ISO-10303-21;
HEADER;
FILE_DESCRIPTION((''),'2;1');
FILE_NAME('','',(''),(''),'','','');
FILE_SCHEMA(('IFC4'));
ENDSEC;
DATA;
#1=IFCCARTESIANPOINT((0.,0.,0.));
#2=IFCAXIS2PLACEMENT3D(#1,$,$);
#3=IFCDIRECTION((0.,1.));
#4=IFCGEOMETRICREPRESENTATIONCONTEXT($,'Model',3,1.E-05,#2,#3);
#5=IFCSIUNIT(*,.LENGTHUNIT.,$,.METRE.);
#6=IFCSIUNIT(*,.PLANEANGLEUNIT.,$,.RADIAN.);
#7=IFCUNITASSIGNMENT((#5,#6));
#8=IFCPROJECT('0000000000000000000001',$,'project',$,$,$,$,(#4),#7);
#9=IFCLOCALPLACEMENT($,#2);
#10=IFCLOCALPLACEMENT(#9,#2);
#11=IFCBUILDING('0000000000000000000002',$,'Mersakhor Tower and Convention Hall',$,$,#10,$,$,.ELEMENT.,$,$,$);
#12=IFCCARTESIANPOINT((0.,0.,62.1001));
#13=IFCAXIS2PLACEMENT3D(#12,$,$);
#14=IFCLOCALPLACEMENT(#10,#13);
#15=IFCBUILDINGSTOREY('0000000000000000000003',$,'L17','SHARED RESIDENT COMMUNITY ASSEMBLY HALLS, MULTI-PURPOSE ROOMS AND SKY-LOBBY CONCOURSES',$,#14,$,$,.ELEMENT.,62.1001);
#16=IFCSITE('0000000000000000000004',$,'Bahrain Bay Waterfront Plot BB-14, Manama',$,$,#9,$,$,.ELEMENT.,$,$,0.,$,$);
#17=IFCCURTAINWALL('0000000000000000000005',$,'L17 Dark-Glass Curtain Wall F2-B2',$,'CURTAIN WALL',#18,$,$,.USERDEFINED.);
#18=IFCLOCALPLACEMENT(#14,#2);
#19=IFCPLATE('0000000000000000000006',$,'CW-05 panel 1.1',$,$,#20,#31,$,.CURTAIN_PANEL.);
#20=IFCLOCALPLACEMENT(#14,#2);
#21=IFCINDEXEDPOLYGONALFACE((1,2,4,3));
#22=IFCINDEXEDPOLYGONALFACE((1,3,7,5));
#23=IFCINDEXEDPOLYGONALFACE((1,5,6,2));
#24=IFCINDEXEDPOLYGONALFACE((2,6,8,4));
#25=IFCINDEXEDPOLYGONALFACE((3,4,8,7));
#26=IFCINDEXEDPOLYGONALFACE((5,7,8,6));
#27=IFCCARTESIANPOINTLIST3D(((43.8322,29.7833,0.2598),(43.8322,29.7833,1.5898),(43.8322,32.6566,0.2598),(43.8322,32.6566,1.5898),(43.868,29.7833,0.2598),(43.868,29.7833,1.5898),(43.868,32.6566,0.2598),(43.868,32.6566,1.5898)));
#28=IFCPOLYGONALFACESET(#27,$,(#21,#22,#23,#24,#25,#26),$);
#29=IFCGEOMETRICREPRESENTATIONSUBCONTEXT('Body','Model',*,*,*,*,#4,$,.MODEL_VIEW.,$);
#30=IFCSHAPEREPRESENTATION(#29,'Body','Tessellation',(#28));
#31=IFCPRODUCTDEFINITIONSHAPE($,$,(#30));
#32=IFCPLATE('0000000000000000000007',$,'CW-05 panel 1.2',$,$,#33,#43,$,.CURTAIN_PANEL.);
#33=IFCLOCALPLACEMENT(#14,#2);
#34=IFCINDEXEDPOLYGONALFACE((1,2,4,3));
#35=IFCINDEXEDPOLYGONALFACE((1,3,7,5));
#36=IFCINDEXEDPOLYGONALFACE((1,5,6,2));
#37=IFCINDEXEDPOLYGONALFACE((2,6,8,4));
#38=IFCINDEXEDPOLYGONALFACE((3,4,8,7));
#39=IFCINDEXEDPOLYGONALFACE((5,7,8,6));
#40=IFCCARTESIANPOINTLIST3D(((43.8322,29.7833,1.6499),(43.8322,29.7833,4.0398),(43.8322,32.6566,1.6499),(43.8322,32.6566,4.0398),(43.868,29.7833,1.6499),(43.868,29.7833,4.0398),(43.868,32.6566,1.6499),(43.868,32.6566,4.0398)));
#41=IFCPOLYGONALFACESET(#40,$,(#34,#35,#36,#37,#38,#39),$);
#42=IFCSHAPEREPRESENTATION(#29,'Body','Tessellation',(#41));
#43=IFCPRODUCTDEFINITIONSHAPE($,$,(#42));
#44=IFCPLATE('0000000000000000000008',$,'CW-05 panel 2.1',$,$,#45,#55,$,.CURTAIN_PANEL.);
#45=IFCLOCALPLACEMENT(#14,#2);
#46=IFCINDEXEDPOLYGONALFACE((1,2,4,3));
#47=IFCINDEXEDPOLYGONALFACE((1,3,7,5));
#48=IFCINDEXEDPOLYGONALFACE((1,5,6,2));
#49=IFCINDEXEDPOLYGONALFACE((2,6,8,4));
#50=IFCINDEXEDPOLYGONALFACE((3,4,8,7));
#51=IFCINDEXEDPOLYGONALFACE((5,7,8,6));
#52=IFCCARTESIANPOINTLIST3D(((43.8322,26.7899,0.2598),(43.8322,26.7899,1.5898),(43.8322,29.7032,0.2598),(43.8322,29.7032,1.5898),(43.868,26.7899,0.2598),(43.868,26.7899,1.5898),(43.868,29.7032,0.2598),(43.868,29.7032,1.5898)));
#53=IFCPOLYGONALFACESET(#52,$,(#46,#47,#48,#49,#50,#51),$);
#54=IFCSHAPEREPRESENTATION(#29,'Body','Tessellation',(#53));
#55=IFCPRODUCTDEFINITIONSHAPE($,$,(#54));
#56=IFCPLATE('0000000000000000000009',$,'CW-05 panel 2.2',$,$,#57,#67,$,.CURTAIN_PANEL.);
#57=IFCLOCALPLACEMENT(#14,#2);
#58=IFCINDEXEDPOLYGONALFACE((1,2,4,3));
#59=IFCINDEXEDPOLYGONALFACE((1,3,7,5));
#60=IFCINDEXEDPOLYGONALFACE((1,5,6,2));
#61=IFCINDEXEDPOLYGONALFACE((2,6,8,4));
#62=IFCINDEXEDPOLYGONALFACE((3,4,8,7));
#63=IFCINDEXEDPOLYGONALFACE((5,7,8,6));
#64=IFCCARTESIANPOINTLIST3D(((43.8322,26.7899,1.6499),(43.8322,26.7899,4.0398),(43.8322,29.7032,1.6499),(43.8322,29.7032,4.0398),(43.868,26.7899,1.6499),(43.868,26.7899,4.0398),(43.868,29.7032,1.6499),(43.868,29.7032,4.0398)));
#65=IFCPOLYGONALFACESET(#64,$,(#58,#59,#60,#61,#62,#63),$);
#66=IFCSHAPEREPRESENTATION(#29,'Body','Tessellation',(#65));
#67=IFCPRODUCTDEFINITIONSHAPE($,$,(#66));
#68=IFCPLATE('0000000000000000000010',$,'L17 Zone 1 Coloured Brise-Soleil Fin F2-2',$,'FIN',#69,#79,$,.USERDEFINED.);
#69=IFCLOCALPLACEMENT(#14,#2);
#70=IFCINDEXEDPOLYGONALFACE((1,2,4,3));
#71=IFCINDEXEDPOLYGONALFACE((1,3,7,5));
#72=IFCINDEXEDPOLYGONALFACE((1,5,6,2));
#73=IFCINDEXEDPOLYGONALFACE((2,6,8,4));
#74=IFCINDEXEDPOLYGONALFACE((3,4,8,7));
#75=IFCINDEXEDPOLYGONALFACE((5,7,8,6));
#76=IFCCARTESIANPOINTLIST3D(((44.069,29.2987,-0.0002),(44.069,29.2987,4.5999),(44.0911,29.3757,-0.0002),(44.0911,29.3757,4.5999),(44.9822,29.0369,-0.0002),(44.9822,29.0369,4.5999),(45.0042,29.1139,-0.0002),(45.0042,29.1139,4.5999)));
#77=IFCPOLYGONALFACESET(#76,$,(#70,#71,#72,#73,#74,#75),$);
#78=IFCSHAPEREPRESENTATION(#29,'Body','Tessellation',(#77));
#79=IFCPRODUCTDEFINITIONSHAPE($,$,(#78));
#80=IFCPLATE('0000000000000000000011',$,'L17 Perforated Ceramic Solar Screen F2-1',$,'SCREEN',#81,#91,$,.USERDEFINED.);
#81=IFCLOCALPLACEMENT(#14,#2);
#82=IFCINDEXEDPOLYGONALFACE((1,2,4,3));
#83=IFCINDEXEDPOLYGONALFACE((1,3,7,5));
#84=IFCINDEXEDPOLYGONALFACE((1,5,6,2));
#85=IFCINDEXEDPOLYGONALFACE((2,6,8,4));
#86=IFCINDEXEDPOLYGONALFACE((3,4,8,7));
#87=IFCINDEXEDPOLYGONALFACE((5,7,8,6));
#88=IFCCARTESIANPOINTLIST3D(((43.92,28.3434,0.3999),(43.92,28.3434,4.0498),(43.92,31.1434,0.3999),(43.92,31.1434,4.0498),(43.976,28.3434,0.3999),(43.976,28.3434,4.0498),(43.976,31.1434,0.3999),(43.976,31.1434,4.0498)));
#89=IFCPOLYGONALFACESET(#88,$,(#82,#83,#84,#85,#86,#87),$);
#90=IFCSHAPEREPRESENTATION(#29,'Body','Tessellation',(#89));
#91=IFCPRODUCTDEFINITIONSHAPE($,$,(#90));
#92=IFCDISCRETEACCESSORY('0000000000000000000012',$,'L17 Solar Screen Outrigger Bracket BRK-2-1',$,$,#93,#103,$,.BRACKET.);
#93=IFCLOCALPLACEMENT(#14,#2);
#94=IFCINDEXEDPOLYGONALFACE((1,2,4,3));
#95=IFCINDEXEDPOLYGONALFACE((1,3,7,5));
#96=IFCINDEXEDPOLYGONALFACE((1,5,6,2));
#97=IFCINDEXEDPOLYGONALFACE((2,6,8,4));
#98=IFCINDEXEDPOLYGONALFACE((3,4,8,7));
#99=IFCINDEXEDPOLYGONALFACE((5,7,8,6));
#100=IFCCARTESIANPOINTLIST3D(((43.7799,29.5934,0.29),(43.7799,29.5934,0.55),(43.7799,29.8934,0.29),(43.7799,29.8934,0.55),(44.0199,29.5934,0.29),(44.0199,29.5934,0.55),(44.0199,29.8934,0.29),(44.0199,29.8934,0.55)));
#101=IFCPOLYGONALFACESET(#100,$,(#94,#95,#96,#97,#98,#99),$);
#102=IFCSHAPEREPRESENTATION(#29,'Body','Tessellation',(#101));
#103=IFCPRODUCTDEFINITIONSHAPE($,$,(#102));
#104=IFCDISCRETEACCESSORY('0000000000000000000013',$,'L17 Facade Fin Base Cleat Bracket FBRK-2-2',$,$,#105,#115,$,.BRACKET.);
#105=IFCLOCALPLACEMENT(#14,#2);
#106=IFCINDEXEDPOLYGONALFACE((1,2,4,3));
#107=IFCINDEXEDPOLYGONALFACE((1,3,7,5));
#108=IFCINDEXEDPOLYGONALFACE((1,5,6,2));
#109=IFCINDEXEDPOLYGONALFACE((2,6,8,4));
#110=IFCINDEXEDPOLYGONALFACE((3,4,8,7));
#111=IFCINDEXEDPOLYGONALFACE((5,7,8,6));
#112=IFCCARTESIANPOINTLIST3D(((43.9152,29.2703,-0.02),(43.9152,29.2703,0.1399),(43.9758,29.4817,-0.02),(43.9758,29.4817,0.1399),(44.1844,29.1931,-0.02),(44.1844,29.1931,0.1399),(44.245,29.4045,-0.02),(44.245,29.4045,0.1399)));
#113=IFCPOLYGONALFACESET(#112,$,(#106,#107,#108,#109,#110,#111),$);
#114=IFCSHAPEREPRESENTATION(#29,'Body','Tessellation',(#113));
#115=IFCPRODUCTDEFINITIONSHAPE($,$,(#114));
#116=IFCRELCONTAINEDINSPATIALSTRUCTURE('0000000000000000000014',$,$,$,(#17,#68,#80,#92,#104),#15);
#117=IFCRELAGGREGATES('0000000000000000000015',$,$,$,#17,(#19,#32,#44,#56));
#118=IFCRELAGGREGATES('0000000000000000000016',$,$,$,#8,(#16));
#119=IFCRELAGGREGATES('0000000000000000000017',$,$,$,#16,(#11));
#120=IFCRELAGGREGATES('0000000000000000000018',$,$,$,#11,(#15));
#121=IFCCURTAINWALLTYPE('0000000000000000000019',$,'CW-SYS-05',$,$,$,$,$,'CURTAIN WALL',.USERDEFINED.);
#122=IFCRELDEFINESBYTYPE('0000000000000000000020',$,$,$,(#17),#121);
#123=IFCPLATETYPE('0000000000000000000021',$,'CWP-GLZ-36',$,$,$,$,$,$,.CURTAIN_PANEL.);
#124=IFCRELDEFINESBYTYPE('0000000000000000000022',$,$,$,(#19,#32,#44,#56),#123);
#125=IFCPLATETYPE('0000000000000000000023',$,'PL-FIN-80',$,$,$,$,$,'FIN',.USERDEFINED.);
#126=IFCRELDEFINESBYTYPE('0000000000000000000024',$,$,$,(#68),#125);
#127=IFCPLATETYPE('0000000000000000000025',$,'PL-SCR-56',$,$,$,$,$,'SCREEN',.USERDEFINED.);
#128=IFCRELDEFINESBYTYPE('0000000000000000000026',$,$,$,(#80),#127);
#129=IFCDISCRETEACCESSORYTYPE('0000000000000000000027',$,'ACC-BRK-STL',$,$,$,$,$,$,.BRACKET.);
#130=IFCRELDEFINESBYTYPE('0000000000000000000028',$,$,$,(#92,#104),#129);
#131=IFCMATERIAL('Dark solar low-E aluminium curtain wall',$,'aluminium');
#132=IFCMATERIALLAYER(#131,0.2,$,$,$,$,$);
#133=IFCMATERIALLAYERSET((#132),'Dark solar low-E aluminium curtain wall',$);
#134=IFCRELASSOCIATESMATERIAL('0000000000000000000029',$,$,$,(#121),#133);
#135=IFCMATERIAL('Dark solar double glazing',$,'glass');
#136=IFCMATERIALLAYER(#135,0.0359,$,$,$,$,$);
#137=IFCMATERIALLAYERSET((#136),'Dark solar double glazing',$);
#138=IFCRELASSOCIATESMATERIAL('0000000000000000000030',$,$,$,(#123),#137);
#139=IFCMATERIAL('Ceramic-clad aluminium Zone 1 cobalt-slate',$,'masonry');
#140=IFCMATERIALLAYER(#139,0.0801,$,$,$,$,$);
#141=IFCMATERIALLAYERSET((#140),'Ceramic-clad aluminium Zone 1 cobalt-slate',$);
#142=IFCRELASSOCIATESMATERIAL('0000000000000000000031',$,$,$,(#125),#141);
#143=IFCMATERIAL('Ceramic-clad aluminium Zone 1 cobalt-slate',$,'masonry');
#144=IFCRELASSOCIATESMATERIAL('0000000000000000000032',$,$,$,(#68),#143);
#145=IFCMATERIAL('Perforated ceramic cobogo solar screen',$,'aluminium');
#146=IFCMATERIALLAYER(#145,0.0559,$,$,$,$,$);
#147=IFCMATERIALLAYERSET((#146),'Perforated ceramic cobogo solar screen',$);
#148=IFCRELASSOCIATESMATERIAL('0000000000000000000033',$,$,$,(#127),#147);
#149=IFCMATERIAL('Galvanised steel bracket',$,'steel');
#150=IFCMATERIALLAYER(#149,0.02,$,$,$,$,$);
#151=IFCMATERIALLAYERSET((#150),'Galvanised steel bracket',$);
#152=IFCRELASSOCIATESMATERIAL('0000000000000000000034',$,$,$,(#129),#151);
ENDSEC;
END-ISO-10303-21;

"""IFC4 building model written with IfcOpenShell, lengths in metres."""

from ifc_helpers import new_model, si_unit, direction, frame, origin, origin_2d, place, context, subcontext, project, spatial, rectangle, extrude, material, layer, layer_set, type_object, element, aggregate, save


model = new_model("IFC4")

# Units and contexts
model_context = context("Model", 3, precision=1e-05, world=origin(), true_north=direction((0.0, 1.0)))
body_context = subcontext(model_context, "Body", "Model", "MODEL_VIEW")
ifc_project = project(units=[si_unit("LENGTHUNIT", "METRE"), si_unit("PLANEANGLEUNIT", "RADIAN")], contexts=[model_context])

# Site, building, storey
site_placement = place(None, origin())
site = spatial("IfcSite", under=ifc_project, at=site_placement, Name="Bahrain Bay Waterfront Plot BB-14, Manama", CompositionType="ELEMENT", RefElevation=0.0)
building_placement = place(site_placement, origin())
building = spatial("IfcBuilding", under=site, at=building_placement, Name="Mersakhor Tower and Convention Hall", CompositionType="ELEMENT")
storey_placement = place(building_placement, frame((0.0, 0.0, 62.1001)))
storey = spatial("IfcBuildingStorey", under=building, at=storey_placement, Name="L17", Description="SHARED RESIDENT COMMUNITY ASSEMBLY HALLS, MULTI-PURPOSE ROOMS AND SKY-LOBBY CONCOURSES", CompositionType="ELEMENT", Elevation=62.1001)

# Curtain wall, plates
ifc_material_1 = material(Name="Dark solar low-E aluminium curtain wall", Category="aluminium")
ifc_layer_1 = layer(ifc_material_1, 0.2)
ifc_layer_set_1 = layer_set([ifc_layer_1], Name="Dark solar low-E aluminium curtain wall")
curtain_wall_type = type_object("IfcCurtainWallType", Name="CW-SYS-05", ElementType="CURTAIN WALL", PredefinedType="USERDEFINED", material=ifc_layer_set_1)
curtain_wall_placement = place(storey_placement, origin())
curtain_wall = element("IfcCurtainWall", 1, at=curtain_wall_placement, inside=storey, type_object=curtain_wall_type, Name="L17 Dark-Glass Curtain Wall F2-B2", ObjectType="CURTAIN WALL", PredefinedType="USERDEFINED")
ifc_material_2 = material(Name="Dark solar double glazing", Category="glass")
ifc_layer_2 = layer(ifc_material_2, 0.0359)
ifc_layer_set_2 = layer_set([ifc_layer_2], Name="Dark solar double glazing")
plate_type_1 = type_object("IfcPlateType", Name="CWP-GLZ-36", PredefinedType="CURTAIN_PANEL", material=ifc_layer_set_2)
plate_1_placement = place(storey_placement, frame((43.8501, 31.22, 0.2598), z_axis=(0.0, 0.0, 1.0), x_axis=(0.0, -1.0, 0.0)))
plate_1 = element("IfcPlate", 2, at=plate_1_placement, type_object=plate_type_1, Name="CW-05 panel 1.1", PredefinedType="CURTAIN_PANEL", context=body_context, shape_type="SweptSolid", body=[
    extrude(rectangle(XDim=2.8733, YDim=0.0359, at=origin_2d()), origin(), (0.0, 0.0, 1.0), 1.3301),
])
plate_2_placement = place(storey_placement, frame((43.8501, 31.22, 1.6499), z_axis=(0.0, 0.0, 1.0), x_axis=(0.0, -1.0, 0.0)))
plate_2 = element("IfcPlate", 3, at=plate_2_placement, type_object=plate_type_1, Name="CW-05 panel 1.2", PredefinedType="CURTAIN_PANEL", context=body_context, shape_type="SweptSolid", body=[
    extrude(rectangle(XDim=2.8733, YDim=0.0359, at=origin_2d()), origin(), (0.0, 0.0, 1.0), 2.3899),
])
plate_3_placement = place(storey_placement, frame((43.8501, 28.2466, 0.2598), z_axis=(0.0, 0.0, 1.0), x_axis=(0.0, -1.0, 0.0)))
plate_3 = element("IfcPlate", 4, at=plate_3_placement, type_object=plate_type_1, Name="CW-05 panel 2.1", PredefinedType="CURTAIN_PANEL", context=body_context, shape_type="SweptSolid", body=[
    extrude(rectangle(XDim=2.9133, YDim=0.0359, at=origin_2d()), origin(), (0.0, 0.0, 1.0), 1.3301),
])
plate_4_placement = place(storey_placement, frame((43.8501, 28.2466, 1.6499), z_axis=(0.0, 0.0, 1.0), x_axis=(0.0, -1.0, 0.0)))
plate_4 = element("IfcPlate", 5, at=plate_4_placement, type_object=plate_type_1, Name="CW-05 panel 2.2", PredefinedType="CURTAIN_PANEL", context=body_context, shape_type="SweptSolid", body=[
    extrude(rectangle(XDim=2.9133, YDim=0.0359, at=origin_2d()), origin(), (0.0, 0.0, 1.0), 2.3899),
])
aggregate(curtain_wall, [plate_1, plate_2, plate_3, plate_4])

# Plates
ifc_material_3 = material(Name="Ceramic-clad aluminium Zone 1 cobalt-slate", Category="masonry")
ifc_material_4 = material(Name="Ceramic-clad aluminium Zone 1 cobalt-slate", Category="masonry")
ifc_layer_3 = layer(ifc_material_4, 0.0801)
ifc_layer_set_3 = layer_set([ifc_layer_3], Name="Ceramic-clad aluminium Zone 1 cobalt-slate")
plate_type_2 = type_object("IfcPlateType", Name="PL-FIN-80", ElementType="FIN", PredefinedType="USERDEFINED", material=ifc_layer_set_3)
plate_5_placement = place(storey_placement, frame((44.5366, 29.2063, -0.0002), z_axis=(0.0, 0.0, 1.0), x_axis=(0.961262, -0.275637, 0.0)))
element("IfcPlate", 6, at=plate_5_placement, inside=storey, type_object=plate_type_2, material=ifc_material_3, Name="L17 Zone 1 Coloured Brise-Soleil Fin F2-2", ObjectType="FIN", PredefinedType="USERDEFINED", context=body_context, shape_type="SweptSolid", body=[
    extrude(rectangle(XDim=0.95, YDim=0.0801, at=origin_2d()), origin(), (0.0, 0.0, 1.0), 4.6001),
])
ifc_material_5 = material(Name="Perforated ceramic cobogo solar screen", Category="aluminium")
ifc_layer_4 = layer(ifc_material_5, 0.0559)
ifc_layer_set_4 = layer_set([ifc_layer_4], Name="Perforated ceramic cobogo solar screen")
plate_type_3 = type_object("IfcPlateType", Name="PL-SCR-56", ElementType="SCREEN", PredefinedType="USERDEFINED", material=ifc_layer_set_4)
plate_6_placement = place(storey_placement, frame((43.948, 29.7434, 0.3999), z_axis=(0.0, 0.0, 1.0), x_axis=(0.0, -1.0, 0.0)))
element("IfcPlate", 7, at=plate_6_placement, inside=storey, type_object=plate_type_3, Name="L17 Perforated Ceramic Solar Screen F2-1", ObjectType="SCREEN", PredefinedType="USERDEFINED", context=body_context, shape_type="SweptSolid", body=[
    extrude(rectangle(XDim=2.8, YDim=0.0559, at=origin_2d()), origin(), (0.0, 0.0, 1.0), 3.6499),
])

# Discrete accessories
ifc_material_6 = material(Name="Galvanised steel bracket", Category="steel")
ifc_layer_5 = layer(ifc_material_6, 0.02)
ifc_layer_set_5 = layer_set([ifc_layer_5], Name="Galvanised steel bracket")
discrete_accessory_type = type_object("IfcDiscreteAccessoryType", Name="ACC-BRK-STL", PredefinedType="BRACKET", material=ifc_layer_set_5)
discrete_accessory_1_placement = place(storey_placement, frame((43.8999, 29.7434, 0.29), z_axis=(0.0, 0.0, 1.0), x_axis=(0.0, -1.0, 0.0)))
element("IfcDiscreteAccessory", 8, at=discrete_accessory_1_placement, inside=storey, type_object=discrete_accessory_type, Name="L17 Solar Screen Outrigger Bracket BRK-2-1", PredefinedType="BRACKET", context=body_context, shape_type="SweptSolid", body=[
    extrude(rectangle(XDim=0.3, YDim=0.24, at=origin_2d()), origin(), (0.0, 0.0, 1.0), 0.26),
])
discrete_accessory_2_placement = place(storey_placement, frame((44.0801, 29.3374, -0.02), z_axis=(0.0, 0.0, 1.0), x_axis=(0.961262, -0.275637, 0.0)))
element("IfcDiscreteAccessory", 9, at=discrete_accessory_2_placement, inside=storey, type_object=discrete_accessory_type, Name="L17 Facade Fin Base Cleat Bracket FBRK-2-2", PredefinedType="BRACKET", context=body_context, shape_type="SweptSolid", body=[
    extrude(rectangle(XDim=0.28, YDim=0.22, at=origin_2d()), origin(), (0.0, 0.0, 1.0), 0.1599),
])

save(model, "model.ifc")
